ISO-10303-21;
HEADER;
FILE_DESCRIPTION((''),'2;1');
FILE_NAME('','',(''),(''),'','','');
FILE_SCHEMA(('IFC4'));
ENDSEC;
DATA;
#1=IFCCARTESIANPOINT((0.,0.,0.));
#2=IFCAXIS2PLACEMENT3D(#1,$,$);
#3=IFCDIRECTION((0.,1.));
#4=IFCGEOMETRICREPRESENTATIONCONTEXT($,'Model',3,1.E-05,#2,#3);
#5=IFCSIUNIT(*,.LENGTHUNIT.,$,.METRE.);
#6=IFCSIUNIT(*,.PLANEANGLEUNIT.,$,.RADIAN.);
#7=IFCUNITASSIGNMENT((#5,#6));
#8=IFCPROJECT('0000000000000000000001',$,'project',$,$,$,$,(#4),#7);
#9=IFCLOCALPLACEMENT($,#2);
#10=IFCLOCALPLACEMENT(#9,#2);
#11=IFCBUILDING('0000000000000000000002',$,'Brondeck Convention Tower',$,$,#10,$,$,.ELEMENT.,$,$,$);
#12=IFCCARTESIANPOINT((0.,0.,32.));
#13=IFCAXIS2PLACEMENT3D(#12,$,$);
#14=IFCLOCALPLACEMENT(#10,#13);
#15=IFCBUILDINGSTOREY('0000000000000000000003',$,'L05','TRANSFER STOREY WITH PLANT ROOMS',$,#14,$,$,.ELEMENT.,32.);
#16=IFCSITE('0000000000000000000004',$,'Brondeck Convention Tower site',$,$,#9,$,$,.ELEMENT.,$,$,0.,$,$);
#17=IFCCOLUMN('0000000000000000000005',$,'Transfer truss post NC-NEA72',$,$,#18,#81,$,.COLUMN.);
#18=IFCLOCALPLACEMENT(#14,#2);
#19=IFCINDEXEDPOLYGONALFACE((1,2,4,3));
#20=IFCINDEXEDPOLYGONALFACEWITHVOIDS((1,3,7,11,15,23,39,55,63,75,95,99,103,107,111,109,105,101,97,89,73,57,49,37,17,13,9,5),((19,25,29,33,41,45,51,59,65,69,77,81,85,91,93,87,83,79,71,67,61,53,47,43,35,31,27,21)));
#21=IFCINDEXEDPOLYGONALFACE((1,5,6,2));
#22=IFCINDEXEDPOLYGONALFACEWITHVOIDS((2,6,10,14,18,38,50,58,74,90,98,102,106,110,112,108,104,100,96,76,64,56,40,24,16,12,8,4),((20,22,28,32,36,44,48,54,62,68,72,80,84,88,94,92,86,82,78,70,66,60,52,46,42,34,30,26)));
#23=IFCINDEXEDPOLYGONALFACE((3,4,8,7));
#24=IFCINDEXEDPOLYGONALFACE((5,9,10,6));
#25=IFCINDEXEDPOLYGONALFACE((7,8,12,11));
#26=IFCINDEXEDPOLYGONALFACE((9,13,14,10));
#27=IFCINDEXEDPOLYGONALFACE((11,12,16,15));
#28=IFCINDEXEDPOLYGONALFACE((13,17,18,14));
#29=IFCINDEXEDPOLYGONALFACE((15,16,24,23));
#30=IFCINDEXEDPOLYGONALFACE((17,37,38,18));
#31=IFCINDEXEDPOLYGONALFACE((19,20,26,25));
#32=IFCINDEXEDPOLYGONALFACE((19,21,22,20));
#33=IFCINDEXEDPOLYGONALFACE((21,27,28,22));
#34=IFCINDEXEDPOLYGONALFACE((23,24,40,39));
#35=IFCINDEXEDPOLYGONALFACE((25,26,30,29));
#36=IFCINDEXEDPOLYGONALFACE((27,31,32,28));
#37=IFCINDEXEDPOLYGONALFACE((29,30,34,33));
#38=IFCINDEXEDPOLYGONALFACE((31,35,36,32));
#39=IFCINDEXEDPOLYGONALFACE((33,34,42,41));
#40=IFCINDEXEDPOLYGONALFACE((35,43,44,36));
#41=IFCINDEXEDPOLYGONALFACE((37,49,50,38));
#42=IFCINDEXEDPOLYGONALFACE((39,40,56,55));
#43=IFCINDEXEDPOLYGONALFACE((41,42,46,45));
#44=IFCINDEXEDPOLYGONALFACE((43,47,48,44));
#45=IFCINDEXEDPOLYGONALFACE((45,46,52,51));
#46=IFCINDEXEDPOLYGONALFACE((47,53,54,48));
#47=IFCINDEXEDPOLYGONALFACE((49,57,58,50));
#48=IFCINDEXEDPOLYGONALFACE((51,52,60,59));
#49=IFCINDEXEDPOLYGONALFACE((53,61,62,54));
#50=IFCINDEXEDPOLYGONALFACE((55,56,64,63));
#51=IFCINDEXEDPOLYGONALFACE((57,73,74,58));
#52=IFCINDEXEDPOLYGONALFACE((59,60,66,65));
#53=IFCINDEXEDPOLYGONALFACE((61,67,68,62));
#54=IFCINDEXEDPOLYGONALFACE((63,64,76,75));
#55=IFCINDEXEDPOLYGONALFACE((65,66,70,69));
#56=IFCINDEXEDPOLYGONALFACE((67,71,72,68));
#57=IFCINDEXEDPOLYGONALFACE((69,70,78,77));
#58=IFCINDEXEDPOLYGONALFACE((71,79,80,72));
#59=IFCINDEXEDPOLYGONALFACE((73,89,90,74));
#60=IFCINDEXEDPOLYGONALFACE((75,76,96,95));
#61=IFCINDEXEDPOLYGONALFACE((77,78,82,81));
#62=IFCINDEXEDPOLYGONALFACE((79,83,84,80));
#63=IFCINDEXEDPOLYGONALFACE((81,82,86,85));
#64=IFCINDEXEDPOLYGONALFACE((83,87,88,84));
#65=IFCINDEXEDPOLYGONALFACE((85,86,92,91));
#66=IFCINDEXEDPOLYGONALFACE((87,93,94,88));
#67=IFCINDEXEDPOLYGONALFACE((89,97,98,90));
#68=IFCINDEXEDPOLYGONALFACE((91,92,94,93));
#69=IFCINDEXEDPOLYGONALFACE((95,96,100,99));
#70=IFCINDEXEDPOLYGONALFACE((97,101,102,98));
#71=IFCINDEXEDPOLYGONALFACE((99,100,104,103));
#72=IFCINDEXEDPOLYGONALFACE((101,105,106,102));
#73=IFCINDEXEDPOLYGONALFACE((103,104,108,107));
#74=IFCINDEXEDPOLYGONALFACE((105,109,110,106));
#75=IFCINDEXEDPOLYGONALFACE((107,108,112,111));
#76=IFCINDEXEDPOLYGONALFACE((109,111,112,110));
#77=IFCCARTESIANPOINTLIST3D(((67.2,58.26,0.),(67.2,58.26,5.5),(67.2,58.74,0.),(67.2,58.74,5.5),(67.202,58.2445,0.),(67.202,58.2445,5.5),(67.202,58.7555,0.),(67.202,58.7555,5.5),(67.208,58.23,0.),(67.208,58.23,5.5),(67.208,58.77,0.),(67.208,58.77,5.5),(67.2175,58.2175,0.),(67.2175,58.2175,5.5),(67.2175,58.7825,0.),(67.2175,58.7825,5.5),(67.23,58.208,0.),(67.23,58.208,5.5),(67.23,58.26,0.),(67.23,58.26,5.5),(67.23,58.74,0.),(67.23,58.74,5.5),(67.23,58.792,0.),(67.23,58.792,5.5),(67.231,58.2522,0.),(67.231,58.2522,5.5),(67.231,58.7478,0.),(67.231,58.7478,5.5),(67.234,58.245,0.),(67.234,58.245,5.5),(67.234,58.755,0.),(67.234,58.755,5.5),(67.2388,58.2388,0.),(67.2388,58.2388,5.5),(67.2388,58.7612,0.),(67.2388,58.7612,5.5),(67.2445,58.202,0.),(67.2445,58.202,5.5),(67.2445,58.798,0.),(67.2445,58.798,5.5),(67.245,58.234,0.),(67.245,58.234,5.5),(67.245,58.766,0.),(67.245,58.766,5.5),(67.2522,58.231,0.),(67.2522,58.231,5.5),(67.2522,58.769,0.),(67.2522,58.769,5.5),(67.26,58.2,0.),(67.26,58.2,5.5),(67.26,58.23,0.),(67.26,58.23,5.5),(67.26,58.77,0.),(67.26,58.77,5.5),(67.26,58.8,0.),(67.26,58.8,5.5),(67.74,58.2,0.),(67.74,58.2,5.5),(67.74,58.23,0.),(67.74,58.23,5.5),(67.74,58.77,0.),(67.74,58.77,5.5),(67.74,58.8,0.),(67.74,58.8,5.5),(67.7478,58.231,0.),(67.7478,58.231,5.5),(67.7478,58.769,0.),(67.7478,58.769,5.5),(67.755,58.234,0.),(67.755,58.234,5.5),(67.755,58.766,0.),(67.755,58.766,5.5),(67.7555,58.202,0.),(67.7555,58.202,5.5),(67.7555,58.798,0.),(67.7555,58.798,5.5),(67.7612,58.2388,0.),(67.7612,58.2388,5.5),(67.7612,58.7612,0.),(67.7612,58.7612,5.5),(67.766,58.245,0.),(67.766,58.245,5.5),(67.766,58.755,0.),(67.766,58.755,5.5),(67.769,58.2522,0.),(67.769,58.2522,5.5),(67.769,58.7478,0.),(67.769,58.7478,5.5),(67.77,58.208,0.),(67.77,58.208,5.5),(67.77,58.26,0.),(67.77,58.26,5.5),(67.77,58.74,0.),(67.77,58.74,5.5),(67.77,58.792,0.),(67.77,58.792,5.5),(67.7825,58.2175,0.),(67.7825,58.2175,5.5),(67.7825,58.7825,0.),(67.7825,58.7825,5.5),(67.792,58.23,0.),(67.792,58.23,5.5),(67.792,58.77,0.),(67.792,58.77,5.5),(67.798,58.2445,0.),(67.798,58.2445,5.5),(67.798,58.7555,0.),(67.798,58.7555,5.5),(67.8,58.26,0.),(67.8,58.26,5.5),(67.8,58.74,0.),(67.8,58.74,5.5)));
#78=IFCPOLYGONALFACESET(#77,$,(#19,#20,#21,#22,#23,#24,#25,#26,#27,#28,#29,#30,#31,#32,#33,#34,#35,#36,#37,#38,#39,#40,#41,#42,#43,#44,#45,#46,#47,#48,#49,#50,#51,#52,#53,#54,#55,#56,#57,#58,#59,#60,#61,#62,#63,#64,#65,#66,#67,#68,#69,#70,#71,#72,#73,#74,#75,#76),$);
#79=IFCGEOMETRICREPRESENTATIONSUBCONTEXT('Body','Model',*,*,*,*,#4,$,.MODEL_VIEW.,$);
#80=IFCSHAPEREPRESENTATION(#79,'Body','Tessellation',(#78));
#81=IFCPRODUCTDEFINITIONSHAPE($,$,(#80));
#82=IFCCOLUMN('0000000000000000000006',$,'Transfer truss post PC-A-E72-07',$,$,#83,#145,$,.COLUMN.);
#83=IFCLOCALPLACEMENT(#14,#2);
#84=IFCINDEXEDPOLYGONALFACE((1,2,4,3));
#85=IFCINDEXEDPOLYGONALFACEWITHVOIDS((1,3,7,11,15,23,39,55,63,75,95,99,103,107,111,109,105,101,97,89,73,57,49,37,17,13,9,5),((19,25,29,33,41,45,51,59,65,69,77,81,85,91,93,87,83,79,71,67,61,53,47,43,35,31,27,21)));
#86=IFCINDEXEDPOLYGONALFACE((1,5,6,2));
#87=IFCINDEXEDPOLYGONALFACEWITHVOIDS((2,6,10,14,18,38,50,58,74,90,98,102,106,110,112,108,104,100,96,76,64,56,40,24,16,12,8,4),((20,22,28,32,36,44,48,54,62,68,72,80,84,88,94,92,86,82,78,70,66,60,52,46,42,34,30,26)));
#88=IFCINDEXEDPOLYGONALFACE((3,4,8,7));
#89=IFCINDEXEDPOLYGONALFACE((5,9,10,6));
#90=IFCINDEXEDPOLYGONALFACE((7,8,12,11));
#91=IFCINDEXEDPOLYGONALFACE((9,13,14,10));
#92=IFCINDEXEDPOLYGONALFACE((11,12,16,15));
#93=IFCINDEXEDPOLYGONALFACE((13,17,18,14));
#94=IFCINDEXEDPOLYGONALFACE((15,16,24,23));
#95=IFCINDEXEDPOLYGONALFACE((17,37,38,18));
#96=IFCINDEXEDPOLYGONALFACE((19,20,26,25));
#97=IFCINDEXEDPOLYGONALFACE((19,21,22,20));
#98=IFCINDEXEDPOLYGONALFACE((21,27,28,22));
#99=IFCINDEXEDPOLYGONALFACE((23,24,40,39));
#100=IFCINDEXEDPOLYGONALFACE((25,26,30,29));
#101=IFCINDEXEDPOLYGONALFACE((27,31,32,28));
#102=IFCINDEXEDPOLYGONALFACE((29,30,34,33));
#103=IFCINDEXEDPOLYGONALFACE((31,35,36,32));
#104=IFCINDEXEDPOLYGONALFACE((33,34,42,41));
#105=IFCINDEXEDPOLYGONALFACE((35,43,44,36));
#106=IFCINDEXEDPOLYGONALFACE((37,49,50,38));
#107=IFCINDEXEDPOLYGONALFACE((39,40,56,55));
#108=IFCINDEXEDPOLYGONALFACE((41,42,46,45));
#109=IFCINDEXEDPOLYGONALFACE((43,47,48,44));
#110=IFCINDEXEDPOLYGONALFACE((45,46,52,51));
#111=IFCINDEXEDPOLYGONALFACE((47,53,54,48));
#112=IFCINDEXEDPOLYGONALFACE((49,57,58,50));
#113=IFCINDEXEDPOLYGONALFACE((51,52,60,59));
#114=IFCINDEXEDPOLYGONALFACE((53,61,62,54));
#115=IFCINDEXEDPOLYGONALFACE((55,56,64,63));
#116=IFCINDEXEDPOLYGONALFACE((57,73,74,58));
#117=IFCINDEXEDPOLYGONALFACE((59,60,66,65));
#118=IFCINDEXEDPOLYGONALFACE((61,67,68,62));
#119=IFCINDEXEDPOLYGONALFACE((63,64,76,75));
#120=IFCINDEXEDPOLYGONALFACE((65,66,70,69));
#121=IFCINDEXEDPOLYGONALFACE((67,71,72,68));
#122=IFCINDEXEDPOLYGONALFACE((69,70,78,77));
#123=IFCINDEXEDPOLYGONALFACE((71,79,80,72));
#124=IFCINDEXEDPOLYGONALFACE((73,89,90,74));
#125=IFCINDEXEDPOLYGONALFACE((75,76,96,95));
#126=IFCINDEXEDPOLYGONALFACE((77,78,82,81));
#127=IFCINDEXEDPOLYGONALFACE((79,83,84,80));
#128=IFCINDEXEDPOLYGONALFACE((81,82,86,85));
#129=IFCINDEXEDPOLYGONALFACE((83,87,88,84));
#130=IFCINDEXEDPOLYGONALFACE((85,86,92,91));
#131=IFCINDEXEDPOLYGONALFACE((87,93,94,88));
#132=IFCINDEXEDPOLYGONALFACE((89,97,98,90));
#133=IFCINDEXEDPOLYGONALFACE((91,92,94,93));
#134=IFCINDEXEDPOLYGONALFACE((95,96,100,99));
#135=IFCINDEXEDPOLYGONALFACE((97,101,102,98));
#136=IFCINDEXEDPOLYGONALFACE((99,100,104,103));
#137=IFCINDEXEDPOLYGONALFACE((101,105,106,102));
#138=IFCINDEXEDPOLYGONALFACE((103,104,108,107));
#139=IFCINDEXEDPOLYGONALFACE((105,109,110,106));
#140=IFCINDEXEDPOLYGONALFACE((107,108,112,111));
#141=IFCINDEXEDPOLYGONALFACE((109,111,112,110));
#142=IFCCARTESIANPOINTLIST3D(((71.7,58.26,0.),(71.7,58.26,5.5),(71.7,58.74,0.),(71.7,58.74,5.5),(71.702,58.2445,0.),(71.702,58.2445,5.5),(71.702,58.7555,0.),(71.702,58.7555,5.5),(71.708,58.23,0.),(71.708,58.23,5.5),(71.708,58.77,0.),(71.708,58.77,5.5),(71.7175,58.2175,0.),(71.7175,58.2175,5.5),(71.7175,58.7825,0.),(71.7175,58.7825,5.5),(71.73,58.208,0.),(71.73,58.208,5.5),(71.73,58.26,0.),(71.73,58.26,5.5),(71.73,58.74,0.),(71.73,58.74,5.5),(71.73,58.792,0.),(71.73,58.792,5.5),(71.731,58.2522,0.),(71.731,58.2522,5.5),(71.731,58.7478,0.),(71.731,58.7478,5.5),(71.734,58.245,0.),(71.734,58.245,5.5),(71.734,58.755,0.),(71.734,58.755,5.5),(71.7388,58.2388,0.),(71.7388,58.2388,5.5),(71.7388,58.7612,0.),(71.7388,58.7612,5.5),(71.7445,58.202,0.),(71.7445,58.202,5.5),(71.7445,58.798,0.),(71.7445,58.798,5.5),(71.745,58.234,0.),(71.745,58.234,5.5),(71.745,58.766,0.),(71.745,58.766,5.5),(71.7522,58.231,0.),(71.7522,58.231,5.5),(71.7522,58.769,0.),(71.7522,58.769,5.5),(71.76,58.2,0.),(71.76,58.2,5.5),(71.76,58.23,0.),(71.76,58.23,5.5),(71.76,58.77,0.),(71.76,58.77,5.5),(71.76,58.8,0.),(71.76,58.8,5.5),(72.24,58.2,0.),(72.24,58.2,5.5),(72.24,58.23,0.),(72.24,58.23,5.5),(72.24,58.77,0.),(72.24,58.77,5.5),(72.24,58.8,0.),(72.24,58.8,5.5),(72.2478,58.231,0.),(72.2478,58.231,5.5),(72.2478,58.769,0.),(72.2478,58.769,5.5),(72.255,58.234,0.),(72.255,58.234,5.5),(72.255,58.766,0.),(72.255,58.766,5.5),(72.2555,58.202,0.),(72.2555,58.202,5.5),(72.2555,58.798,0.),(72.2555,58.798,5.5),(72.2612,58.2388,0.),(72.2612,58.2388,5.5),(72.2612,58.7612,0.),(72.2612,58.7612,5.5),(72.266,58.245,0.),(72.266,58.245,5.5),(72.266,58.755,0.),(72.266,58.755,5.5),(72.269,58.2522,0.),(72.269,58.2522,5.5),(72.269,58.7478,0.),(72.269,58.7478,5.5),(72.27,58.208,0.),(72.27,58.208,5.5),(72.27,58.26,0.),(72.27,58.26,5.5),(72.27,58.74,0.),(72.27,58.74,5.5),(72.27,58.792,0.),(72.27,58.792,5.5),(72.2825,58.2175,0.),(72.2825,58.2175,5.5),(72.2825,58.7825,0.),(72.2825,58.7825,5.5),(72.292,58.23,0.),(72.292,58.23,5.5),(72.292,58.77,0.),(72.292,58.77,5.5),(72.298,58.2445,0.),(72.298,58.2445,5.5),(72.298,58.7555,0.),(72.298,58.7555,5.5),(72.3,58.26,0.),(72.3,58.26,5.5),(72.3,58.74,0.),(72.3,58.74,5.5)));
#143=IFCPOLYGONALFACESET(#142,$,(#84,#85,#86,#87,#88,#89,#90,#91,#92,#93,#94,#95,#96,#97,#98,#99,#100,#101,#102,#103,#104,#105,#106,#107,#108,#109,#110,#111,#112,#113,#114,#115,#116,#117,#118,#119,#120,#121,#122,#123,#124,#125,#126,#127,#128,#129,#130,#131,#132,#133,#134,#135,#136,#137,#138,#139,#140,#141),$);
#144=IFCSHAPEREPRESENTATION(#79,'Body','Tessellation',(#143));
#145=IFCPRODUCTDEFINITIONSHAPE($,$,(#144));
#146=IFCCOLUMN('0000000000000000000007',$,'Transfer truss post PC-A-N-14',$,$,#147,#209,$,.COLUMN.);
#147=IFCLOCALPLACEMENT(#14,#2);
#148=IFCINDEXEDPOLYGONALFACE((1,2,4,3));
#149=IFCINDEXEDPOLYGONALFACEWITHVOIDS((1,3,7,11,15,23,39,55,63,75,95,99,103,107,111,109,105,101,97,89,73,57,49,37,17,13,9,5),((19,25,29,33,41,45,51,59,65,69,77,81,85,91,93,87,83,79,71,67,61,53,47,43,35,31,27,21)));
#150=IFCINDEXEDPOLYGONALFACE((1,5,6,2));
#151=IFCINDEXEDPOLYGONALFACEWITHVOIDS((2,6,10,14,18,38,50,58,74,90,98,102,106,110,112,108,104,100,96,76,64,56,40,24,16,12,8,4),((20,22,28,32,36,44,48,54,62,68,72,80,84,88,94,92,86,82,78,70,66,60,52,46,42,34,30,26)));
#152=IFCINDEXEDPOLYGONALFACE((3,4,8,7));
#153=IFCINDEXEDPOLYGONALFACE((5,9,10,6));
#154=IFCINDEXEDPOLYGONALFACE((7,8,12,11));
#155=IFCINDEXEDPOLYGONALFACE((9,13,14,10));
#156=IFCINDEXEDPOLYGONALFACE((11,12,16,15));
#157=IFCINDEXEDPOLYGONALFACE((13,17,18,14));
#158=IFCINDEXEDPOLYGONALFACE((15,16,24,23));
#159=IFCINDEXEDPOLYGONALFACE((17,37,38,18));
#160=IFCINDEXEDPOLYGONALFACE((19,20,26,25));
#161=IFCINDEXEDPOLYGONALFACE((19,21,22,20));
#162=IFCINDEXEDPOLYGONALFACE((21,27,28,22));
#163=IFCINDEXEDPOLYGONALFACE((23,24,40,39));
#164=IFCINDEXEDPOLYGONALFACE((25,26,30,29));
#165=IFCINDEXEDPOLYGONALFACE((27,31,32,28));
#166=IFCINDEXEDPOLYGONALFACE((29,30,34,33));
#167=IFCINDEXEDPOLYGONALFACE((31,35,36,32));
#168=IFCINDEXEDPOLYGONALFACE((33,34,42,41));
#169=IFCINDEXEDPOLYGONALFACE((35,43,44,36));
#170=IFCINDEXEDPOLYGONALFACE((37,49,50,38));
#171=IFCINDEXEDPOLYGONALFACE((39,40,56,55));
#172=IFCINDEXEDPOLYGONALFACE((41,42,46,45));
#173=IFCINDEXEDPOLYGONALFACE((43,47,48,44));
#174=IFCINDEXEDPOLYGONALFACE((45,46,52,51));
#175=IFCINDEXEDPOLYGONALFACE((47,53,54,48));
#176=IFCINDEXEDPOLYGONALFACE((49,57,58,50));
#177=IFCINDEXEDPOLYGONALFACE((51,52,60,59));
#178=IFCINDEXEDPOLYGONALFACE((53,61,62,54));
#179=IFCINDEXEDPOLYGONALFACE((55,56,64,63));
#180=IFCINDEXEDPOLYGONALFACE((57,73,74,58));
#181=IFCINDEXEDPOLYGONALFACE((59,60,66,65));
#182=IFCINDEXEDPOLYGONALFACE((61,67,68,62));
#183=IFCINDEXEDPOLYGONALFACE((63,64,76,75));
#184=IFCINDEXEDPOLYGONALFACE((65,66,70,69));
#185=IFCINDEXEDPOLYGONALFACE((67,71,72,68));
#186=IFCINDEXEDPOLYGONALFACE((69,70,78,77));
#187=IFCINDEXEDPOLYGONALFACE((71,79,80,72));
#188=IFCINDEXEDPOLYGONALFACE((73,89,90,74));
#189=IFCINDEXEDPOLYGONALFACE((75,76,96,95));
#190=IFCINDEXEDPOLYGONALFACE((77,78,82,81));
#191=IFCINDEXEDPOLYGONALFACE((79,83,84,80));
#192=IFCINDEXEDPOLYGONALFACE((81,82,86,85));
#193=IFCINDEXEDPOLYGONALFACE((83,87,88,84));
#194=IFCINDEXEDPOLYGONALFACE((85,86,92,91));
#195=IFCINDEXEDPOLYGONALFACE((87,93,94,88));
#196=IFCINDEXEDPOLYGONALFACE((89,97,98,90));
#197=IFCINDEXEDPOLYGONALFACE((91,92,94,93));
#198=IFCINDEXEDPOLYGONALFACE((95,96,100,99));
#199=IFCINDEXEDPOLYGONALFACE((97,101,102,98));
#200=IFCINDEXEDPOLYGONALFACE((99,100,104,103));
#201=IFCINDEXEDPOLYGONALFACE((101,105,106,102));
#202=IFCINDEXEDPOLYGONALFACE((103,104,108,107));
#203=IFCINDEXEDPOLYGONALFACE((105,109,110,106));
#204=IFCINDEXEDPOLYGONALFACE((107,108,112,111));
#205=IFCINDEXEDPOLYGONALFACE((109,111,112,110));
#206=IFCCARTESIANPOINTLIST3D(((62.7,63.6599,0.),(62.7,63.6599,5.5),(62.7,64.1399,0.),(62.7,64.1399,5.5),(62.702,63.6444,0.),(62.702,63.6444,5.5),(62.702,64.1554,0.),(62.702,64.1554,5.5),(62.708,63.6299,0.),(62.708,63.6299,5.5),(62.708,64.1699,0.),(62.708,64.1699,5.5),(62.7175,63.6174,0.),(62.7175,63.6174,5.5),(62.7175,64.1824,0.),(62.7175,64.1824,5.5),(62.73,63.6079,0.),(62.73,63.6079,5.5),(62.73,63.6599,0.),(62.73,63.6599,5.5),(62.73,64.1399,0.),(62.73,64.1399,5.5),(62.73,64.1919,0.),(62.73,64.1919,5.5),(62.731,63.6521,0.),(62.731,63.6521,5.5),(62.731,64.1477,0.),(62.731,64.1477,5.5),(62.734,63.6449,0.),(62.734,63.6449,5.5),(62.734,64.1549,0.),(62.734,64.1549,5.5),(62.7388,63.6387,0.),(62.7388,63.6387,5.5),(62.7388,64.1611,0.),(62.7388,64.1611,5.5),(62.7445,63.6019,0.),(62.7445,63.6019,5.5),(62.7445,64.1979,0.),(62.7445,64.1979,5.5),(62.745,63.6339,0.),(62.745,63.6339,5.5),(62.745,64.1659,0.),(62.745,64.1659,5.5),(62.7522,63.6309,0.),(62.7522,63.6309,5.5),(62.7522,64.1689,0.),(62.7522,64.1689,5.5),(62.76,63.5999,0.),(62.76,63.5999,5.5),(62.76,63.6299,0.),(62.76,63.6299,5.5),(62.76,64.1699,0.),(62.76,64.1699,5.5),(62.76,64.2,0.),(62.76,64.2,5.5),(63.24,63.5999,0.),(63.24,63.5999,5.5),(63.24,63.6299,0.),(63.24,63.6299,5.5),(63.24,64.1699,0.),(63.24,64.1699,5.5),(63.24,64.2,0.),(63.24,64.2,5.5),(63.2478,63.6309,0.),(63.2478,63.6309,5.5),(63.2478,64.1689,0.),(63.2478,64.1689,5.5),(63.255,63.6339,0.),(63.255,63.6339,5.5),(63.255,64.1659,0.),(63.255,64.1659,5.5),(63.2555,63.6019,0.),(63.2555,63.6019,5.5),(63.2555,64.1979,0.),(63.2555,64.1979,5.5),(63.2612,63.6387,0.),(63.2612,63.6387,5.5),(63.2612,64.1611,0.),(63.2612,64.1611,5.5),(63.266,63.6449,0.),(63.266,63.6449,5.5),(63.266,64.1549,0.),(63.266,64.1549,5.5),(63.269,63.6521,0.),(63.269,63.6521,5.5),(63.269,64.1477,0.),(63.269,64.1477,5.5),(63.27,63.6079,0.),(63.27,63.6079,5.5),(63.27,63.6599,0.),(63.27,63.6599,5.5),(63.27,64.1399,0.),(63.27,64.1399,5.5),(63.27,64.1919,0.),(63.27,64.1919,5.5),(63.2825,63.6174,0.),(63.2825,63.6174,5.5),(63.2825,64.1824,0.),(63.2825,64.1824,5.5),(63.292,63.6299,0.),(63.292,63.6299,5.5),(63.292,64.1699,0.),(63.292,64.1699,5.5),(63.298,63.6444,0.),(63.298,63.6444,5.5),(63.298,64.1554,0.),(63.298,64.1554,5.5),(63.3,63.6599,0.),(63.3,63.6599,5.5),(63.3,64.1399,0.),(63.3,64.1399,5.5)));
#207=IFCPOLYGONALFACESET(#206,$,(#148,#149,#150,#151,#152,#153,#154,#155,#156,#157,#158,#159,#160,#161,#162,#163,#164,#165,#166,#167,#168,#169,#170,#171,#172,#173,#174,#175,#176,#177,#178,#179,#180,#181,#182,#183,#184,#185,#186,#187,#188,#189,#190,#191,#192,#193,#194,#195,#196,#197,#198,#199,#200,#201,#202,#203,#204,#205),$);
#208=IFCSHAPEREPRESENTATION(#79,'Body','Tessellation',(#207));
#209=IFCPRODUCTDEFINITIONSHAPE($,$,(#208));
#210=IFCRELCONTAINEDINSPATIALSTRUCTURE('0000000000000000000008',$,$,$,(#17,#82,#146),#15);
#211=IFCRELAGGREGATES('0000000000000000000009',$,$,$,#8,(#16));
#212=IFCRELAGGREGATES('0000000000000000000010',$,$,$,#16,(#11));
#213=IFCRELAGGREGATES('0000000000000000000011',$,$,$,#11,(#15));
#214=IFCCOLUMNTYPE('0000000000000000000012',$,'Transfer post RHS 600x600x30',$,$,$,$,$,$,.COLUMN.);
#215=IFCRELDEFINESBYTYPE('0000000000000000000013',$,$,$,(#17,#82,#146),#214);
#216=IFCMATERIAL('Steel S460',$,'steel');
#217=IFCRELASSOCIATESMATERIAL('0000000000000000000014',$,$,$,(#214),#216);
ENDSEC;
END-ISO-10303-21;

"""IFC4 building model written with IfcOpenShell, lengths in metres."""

from ifc_helpers import new_model, si_unit, direction, frame, origin, origin_2d, place, context, subcontext, project, spatial, hollow_rectangle, extrude, material, material_profile, profile_set, type_object, element, save


model = new_model("IFC4")

# Units and contexts
model_context = context("Model", 3, precision=1e-05, world=origin(), true_north=direction((0.0, 1.0)))
body_context = subcontext(model_context, "Body", "Model", "MODEL_VIEW")
ifc_project = project(units=[si_unit("LENGTHUNIT", "METRE"), si_unit("PLANEANGLEUNIT", "RADIAN")], contexts=[model_context])

# Site, building, storey
site_placement = place(None, origin())
site = spatial("IfcSite", under=ifc_project, at=site_placement, Name="Brondeck Convention Tower site", CompositionType="ELEMENT", RefElevation=0.0)
building_placement = place(site_placement, origin())
building = spatial("IfcBuilding", under=site, at=building_placement, Name="Brondeck Convention Tower", CompositionType="ELEMENT")
storey_placement = place(building_placement, frame((0.0, 0.0, 32.0)))
storey = spatial("IfcBuildingStorey", under=building, at=storey_placement, Name="L05", Description="TRANSFER STOREY WITH PLANT ROOMS", CompositionType="ELEMENT", Elevation=32.0)

# Columns
ifc_material_1 = material(Name="Steel S460", Category="steel")
ifc_material_profile_1 = material_profile(ifc_material_1, hollow_rectangle(XDim=0.6001, YDim=0.6001, WallThickness=0.03, InnerFilletRadius=0.03, OuterFilletRadius=0.0601, at=origin_2d()), Name="RHS 600x600x30")
ifc_profile_set_1 = profile_set([ifc_material_profile_1], Name="Steel S460")
column_type = type_object("IfcColumnType", Name="Transfer post RHS 600x600x30", PredefinedType="COLUMN", material=ifc_profile_set_1)
for number, where, z_axis, x_axis, name in (
    (1, (67.5, 58.5, 0.0), (0.0, 0.0, 1.0), (1.0, 0.0, 0.0), "Transfer truss post NC-NEA72"),
    (2, (72.0, 58.5, 0.0), (0.0, 0.0, 1.0), (1.0, 0.0, 0.0), "Transfer truss post PC-A-E72-07"),
    (3, (63.0, 63.8999, 0.0), (0.0, 0.0, 1.0), (1.0, 0.0, 0.0), "Transfer truss post PC-A-N-14"),
):
    element("IfcColumn", number, at=place(storey_placement, frame(where, z_axis=z_axis, x_axis=x_axis)), inside=storey, type_object=column_type, Name=name, PredefinedType="COLUMN", context=body_context, shape_type="SweptSolid", body=[
        extrude(hollow_rectangle(XDim=0.6001, YDim=0.6001, WallThickness=0.03, InnerFilletRadius=0.03, OuterFilletRadius=0.0601, at=origin_2d()), origin(), (0.0, 0.0, 1.0), 5.5),
    ])

save(model, "model.ifc")
